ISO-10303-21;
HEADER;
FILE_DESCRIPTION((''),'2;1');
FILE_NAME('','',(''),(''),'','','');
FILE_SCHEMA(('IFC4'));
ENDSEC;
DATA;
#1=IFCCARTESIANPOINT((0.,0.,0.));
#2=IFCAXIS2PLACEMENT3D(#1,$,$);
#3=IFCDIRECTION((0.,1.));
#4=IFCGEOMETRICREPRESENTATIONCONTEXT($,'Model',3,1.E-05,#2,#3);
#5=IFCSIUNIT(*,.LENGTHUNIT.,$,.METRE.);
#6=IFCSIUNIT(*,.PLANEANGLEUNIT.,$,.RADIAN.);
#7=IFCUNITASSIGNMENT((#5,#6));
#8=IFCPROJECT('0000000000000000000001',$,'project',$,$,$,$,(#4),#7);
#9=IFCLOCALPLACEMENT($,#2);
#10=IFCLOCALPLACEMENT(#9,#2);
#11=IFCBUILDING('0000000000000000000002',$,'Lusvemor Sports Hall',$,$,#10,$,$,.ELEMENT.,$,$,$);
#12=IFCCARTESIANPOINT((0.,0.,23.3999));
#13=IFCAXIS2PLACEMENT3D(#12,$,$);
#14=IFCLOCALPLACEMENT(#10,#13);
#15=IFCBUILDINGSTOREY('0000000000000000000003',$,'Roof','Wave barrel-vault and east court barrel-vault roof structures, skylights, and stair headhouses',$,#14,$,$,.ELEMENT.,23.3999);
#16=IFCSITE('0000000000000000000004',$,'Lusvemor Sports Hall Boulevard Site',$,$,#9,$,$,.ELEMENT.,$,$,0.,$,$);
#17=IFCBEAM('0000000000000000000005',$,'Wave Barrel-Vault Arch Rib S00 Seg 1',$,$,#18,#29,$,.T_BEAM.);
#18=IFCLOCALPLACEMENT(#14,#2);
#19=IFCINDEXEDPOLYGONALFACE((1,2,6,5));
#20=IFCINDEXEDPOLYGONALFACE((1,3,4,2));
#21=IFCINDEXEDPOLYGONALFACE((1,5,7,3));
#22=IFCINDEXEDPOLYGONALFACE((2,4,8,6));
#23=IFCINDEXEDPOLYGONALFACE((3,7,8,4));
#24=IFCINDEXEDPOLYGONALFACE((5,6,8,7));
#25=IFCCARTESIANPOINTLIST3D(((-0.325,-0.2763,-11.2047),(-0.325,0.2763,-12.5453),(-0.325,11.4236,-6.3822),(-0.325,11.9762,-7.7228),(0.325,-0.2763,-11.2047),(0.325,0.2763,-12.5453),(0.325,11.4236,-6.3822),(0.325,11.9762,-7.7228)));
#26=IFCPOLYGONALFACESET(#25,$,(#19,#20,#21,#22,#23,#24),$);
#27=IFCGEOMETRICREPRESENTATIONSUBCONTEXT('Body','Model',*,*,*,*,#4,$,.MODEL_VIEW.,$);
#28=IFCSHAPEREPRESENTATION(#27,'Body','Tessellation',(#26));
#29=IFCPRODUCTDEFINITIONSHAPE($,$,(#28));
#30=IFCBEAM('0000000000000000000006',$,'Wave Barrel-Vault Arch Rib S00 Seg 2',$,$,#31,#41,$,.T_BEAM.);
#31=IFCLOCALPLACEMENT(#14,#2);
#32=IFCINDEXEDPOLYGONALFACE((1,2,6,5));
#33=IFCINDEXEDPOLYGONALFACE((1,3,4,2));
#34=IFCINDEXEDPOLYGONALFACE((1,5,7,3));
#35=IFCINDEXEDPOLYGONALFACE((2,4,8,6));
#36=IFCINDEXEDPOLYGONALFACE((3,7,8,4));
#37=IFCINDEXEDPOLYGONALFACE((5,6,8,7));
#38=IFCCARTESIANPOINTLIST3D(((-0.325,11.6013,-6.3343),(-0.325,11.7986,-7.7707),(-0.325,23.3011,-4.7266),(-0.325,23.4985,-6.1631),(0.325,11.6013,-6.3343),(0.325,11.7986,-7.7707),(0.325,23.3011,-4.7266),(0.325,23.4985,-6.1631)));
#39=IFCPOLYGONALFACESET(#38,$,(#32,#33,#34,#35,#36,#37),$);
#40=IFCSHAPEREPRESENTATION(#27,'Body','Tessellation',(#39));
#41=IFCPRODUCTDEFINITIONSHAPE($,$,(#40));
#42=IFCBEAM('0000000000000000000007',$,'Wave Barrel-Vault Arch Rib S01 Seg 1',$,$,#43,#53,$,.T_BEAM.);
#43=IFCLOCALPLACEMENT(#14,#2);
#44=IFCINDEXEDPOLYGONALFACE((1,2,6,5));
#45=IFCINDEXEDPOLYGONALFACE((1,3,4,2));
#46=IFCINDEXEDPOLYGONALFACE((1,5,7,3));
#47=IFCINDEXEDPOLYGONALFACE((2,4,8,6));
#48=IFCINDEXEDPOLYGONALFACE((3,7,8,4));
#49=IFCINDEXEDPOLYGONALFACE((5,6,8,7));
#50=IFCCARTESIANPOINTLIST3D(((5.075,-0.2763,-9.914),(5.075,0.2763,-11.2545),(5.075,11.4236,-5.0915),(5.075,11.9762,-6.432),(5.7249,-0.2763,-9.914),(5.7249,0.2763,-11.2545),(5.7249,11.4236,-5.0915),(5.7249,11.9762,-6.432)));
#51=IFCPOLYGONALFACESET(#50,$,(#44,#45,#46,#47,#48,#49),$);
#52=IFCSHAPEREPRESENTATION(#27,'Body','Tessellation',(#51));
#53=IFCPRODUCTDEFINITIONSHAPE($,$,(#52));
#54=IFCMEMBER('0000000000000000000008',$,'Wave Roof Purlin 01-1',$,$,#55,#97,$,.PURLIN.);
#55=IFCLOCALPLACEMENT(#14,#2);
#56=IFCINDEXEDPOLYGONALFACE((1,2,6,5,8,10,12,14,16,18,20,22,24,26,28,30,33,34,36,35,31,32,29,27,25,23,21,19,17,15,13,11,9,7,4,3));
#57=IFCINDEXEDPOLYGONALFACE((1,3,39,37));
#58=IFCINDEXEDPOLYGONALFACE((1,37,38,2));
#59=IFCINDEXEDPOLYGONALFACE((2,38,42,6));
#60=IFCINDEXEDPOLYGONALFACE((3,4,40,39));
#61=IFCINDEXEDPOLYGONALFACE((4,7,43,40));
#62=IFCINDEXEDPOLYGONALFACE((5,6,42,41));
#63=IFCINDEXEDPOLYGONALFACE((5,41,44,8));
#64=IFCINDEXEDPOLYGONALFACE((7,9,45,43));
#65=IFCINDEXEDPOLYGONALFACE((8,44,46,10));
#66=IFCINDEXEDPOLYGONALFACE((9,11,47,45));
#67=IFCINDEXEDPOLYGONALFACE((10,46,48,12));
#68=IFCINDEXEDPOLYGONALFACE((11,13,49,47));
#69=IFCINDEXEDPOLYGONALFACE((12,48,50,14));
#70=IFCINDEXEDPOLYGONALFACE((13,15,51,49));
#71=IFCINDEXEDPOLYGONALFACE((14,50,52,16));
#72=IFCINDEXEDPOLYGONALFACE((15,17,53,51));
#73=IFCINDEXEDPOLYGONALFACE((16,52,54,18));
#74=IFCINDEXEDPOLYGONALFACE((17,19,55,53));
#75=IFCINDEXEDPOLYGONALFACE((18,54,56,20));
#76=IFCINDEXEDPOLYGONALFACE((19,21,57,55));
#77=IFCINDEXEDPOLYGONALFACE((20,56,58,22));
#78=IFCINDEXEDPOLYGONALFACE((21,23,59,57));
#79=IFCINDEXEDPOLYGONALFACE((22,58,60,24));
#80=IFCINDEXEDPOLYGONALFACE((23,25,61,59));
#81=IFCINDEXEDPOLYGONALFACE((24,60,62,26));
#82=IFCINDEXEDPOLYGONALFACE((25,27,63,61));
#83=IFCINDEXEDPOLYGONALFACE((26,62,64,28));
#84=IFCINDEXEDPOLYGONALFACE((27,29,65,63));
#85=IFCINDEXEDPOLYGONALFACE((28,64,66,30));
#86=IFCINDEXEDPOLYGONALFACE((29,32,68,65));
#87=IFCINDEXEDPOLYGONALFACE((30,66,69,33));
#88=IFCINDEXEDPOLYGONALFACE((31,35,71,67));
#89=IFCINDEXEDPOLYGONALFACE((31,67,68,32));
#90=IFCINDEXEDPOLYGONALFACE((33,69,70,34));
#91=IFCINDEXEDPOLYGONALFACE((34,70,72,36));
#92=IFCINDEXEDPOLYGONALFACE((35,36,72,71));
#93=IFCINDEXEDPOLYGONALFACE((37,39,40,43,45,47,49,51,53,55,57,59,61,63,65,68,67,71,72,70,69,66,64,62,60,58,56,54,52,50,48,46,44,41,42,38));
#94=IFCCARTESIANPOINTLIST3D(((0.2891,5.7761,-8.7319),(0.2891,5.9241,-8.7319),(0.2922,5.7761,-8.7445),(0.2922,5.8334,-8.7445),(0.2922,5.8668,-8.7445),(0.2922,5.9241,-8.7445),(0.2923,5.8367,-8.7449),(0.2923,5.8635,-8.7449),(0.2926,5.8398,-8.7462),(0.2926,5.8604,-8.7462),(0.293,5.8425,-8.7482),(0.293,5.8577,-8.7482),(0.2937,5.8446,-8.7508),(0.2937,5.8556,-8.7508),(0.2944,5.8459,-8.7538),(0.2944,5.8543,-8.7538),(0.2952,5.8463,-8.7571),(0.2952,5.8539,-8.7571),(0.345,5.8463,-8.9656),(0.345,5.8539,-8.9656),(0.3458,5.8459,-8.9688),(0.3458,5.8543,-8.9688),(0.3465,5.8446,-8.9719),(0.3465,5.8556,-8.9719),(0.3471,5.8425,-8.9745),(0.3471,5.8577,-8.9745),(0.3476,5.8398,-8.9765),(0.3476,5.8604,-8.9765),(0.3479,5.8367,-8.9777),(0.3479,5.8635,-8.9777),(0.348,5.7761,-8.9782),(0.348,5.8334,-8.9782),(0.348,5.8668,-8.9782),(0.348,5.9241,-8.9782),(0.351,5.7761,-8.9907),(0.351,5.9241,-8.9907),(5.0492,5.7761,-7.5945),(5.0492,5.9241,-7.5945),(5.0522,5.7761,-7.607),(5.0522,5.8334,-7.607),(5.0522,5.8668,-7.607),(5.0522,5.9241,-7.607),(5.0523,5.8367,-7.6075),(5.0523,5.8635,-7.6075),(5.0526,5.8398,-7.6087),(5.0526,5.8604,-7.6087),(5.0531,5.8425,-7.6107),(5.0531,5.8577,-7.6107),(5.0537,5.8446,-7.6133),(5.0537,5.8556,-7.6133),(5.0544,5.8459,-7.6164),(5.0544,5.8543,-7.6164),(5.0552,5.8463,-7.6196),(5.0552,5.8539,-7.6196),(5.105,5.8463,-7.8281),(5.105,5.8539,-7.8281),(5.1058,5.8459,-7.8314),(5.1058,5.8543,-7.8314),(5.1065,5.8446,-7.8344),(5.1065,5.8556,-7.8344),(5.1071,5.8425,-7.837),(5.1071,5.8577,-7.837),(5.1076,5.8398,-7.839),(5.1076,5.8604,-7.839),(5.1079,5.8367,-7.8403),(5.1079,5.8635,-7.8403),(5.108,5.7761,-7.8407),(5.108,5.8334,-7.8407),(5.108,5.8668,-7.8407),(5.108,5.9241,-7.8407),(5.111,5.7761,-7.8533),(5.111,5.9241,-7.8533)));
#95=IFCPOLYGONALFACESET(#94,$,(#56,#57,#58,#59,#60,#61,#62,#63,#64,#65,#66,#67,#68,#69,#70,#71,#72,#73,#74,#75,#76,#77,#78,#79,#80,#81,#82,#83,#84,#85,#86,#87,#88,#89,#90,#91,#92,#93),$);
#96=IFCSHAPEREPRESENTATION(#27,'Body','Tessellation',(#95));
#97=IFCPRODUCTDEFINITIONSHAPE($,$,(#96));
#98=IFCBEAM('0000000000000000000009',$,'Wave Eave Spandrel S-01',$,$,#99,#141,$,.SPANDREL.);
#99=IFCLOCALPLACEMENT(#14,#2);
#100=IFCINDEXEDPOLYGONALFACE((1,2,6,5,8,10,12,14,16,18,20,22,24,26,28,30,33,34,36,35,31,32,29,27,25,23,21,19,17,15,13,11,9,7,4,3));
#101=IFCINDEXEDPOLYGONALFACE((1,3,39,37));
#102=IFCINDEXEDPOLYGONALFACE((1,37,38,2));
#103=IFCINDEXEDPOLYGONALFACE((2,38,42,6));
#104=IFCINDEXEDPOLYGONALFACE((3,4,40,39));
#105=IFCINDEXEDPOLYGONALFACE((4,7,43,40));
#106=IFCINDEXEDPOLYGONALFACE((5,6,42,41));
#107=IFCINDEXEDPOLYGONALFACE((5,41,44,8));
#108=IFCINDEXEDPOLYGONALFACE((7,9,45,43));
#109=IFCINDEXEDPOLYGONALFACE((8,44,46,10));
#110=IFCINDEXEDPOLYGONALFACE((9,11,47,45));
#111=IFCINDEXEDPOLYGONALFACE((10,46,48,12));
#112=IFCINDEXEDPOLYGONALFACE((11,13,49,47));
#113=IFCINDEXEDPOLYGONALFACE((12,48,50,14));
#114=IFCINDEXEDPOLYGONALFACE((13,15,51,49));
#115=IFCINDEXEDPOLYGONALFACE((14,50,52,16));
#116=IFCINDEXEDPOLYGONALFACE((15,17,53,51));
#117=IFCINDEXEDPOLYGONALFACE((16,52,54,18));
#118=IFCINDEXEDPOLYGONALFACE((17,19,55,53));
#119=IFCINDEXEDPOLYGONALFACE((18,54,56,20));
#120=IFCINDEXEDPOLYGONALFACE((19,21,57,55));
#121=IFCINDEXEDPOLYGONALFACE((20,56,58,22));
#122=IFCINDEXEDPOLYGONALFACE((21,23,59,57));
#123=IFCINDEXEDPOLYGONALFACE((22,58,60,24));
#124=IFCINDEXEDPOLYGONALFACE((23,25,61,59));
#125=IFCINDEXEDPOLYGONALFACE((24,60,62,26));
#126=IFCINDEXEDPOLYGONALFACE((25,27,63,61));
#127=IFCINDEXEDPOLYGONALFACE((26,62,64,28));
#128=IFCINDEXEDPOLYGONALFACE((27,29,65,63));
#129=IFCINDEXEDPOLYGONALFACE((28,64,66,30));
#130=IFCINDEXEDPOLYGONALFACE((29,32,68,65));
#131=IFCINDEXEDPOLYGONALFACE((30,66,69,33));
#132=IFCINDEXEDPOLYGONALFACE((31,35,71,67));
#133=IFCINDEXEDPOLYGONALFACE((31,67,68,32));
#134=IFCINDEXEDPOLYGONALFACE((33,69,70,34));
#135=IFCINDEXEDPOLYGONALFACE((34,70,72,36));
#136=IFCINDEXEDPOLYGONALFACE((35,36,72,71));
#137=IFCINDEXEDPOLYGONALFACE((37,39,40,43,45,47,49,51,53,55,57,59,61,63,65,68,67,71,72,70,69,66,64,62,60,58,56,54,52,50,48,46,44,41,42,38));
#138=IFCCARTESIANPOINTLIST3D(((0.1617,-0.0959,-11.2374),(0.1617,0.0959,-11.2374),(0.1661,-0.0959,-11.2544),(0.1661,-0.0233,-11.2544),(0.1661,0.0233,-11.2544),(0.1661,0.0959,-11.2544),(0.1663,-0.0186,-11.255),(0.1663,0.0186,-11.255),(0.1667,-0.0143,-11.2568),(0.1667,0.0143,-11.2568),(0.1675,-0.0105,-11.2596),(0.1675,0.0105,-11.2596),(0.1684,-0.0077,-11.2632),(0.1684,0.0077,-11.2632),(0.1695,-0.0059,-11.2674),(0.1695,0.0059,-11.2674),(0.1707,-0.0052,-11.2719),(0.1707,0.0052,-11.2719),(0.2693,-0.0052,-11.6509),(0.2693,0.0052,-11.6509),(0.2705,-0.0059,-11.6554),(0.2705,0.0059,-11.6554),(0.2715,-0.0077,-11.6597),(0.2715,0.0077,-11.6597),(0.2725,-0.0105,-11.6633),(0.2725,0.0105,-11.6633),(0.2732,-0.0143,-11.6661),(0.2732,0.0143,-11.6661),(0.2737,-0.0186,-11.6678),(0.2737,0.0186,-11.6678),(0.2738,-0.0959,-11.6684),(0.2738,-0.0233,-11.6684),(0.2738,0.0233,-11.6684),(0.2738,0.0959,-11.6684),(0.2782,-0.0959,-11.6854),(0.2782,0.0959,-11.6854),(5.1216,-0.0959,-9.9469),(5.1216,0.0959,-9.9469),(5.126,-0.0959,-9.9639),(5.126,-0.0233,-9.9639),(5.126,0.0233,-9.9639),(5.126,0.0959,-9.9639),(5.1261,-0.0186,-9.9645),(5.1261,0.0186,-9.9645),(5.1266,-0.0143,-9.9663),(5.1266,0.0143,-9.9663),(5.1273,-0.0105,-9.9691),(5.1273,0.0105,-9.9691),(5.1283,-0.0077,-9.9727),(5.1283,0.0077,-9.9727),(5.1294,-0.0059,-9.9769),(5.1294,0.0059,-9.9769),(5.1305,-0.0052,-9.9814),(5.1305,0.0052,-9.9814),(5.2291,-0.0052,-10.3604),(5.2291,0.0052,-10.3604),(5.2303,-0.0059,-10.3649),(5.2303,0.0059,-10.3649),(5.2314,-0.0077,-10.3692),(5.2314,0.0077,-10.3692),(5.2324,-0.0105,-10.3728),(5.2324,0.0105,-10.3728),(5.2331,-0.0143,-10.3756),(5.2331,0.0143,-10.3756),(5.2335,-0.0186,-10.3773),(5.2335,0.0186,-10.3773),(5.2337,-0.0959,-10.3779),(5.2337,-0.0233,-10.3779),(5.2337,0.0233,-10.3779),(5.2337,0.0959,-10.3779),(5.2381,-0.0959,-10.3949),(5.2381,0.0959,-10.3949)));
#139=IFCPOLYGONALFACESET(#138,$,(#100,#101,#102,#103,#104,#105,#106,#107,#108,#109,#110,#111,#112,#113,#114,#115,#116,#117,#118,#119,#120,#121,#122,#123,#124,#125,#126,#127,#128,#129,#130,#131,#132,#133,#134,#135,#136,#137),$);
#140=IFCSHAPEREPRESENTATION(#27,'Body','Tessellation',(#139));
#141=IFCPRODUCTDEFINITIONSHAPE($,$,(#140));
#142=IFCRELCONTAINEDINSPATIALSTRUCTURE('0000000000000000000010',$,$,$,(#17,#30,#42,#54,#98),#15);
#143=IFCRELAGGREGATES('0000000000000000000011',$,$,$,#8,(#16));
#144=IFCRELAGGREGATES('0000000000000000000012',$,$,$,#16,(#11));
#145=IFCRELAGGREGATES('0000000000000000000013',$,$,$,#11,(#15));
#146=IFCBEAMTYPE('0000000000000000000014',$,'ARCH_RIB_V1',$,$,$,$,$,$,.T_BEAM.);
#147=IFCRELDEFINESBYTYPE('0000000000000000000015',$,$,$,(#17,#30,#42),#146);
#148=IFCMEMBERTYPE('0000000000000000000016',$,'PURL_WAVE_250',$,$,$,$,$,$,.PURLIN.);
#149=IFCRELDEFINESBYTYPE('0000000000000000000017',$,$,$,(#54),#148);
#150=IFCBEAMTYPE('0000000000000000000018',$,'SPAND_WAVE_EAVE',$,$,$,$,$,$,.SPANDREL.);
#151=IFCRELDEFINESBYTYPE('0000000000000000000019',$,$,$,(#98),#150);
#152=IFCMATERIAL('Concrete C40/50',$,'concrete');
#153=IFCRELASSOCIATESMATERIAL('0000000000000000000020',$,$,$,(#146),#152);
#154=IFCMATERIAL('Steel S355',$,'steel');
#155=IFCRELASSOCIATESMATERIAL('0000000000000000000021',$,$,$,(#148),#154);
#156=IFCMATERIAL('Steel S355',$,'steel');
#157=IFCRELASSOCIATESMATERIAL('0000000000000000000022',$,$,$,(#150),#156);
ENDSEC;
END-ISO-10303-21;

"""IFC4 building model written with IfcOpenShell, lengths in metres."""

from ifc_helpers import new_model, si_unit, direction, frame, origin, origin_2d, place, context, subcontext, project, spatial, rectangle, i_section, extrude, material, material_profile, profile_set, type_object, element, save


model = new_model("IFC4")

# Units and contexts
model_context = context("Model", 3, precision=1e-05, world=origin(), true_north=direction((0.0, 1.0)))
body_context = subcontext(model_context, "Body", "Model", "MODEL_VIEW")
ifc_project = project(units=[si_unit("LENGTHUNIT", "METRE"), si_unit("PLANEANGLEUNIT", "RADIAN")], contexts=[model_context])

# Site, building, storey
site_placement = place(None, origin())
site = spatial("IfcSite", under=ifc_project, at=site_placement, Name="Lusvemor Sports Hall Boulevard Site", CompositionType="ELEMENT", RefElevation=0.0)
building_placement = place(site_placement, origin())
building = spatial("IfcBuilding", under=site, at=building_placement, Name="Lusvemor Sports Hall", CompositionType="ELEMENT")
storey_placement = place(building_placement, frame((0.0, 0.0, 23.3999)))
storey = spatial("IfcBuildingStorey", under=building, at=storey_placement, Name="Roof", Description="Wave barrel-vault and east court barrel-vault roof structures, skylights, and stair headhouses", CompositionType="ELEMENT", Elevation=23.3999)

# Beams
ifc_material_1 = material(Name="Concrete C40/50", Category="concrete")
ifc_material_profile_1 = material_profile(ifc_material_1, rectangle(XDim=0.6499, YDim=1.45, at=origin_2d()), Name="RC650x1450")
ifc_profile_set_1 = profile_set([ifc_material_profile_1], Name="Concrete C40/50")
beam_type_1 = type_object("IfcBeamType", Name="ARCH_RIB_V1", PredefinedType="T_BEAM", material=ifc_profile_set_1)
beam_1_placement = place(storey_placement, frame((0.0, 0.0, -11.875), z_axis=(0.0, 0.924542, 0.38108), x_axis=(-1.0, 0.0, 0.0)))
element("IfcBeam", 1, at=beam_1_placement, inside=storey, type_object=beam_type_1, Name="Wave Barrel-Vault Arch Rib S00 Seg 1", PredefinedType="T_BEAM", context=body_context, shape_type="SweptSolid", body=[
    extrude(rectangle(XDim=0.6499, YDim=1.45, at=origin_2d()), origin(), (0.0, 0.0, 1.0), 12.6548),
])
beam_2_placement = place(storey_placement, frame((0.0, 11.7, -7.0525), z_axis=(0.0, 0.990691, 0.136129), x_axis=(-1.0, 0.0, 0.0)))
element("IfcBeam", 2, at=beam_2_placement, inside=storey, type_object=beam_type_1, Name="Wave Barrel-Vault Arch Rib S00 Seg 2", PredefinedType="T_BEAM", context=body_context, shape_type="SweptSolid", body=[
    extrude(rectangle(XDim=0.6499, YDim=1.45, at=origin_2d()), origin(), (0.0, 0.0, 1.0), 11.8098),
])
beam_3_placement = place(storey_placement, frame((5.3999, 0.0, -10.5842), z_axis=(0.0, 0.924542, 0.38108), x_axis=(-1.0, 0.0, 0.0)))
element("IfcBeam", 3, at=beam_3_placement, inside=storey, type_object=beam_type_1, Name="Wave Barrel-Vault Arch Rib S01 Seg 1", PredefinedType="T_BEAM", context=body_context, shape_type="SweptSolid", body=[
    extrude(rectangle(XDim=0.6499, YDim=1.45, at=origin_2d()), origin(), (0.0, 0.0, 1.0), 12.6548),
])

# Member
ifc_material_2 = material(Name="Steel S355", Category="steel")
ifc_material_profile_2 = material_profile(ifc_material_2, i_section(OverallWidth=0.1479, OverallDepth=0.2661, WebThickness=0.0076, FlangeThickness=0.0129, FilletRadius=0.0129, at=origin_2d()), Name="W250x44.8")
ifc_profile_set_2 = profile_set([ifc_material_profile_2], Name="Steel S355")
member_type_1 = type_object("IfcMemberType", Name="PURL_WAVE_250", PredefinedType="PURLIN", material=ifc_profile_set_2)
member_1_placement = place(storey_placement, frame((0.3201, 5.8501, -8.8613), z_axis=(0.972616, 0.0, 0.232416), x_axis=(0.0, 1.0, 0.0)))
element("IfcMember", 4, at=member_1_placement, inside=storey, type_object=member_type_1, Name="Wave Roof Purlin 01-1", PredefinedType="PURLIN", context=body_context, shape_type="SweptSolid", body=[
    extrude(i_section(OverallWidth=0.1479, OverallDepth=0.2661, WebThickness=0.0076, FlangeThickness=0.0129, FilletRadius=0.0129, at=origin_2d()), origin(), (0.0, 0.0, 1.0), 4.894),
])

# Beam
ifc_material_3 = material(Name="Steel S355", Category="steel")
ifc_material_profile_3 = material_profile(ifc_material_3, i_section(OverallWidth=0.1919, OverallDepth=0.4629, WebThickness=0.0105, FlangeThickness=0.0176, FilletRadius=0.0181, at=origin_2d()), Name="W460x89.0")
ifc_profile_set_3 = profile_set([ifc_material_profile_3], Name="Steel S355")
beam_type_2 = type_object("IfcBeamType", Name="SPAND_WAVE_EAVE", PredefinedType="SPANDREL", material=ifc_profile_set_3)
beam_4_placement = place(storey_placement, frame((0.22, 0.0, -11.4614), z_axis=(0.967778, 0.0, 0.251805), x_axis=(0.0, 1.0, 0.0)))
element("IfcBeam", 5, at=beam_4_placement, inside=storey, type_object=beam_type_2, Name="Wave Eave Spandrel S-01", PredefinedType="SPANDREL", context=body_context, shape_type="SweptSolid", body=[
    extrude(i_section(OverallWidth=0.1919, OverallDepth=0.4629, WebThickness=0.0105, FlangeThickness=0.0176, FilletRadius=0.0181, at=origin_2d()), origin(), (0.0, 0.0, 1.0), 5.125),
])

save(model, "model.ifc")
